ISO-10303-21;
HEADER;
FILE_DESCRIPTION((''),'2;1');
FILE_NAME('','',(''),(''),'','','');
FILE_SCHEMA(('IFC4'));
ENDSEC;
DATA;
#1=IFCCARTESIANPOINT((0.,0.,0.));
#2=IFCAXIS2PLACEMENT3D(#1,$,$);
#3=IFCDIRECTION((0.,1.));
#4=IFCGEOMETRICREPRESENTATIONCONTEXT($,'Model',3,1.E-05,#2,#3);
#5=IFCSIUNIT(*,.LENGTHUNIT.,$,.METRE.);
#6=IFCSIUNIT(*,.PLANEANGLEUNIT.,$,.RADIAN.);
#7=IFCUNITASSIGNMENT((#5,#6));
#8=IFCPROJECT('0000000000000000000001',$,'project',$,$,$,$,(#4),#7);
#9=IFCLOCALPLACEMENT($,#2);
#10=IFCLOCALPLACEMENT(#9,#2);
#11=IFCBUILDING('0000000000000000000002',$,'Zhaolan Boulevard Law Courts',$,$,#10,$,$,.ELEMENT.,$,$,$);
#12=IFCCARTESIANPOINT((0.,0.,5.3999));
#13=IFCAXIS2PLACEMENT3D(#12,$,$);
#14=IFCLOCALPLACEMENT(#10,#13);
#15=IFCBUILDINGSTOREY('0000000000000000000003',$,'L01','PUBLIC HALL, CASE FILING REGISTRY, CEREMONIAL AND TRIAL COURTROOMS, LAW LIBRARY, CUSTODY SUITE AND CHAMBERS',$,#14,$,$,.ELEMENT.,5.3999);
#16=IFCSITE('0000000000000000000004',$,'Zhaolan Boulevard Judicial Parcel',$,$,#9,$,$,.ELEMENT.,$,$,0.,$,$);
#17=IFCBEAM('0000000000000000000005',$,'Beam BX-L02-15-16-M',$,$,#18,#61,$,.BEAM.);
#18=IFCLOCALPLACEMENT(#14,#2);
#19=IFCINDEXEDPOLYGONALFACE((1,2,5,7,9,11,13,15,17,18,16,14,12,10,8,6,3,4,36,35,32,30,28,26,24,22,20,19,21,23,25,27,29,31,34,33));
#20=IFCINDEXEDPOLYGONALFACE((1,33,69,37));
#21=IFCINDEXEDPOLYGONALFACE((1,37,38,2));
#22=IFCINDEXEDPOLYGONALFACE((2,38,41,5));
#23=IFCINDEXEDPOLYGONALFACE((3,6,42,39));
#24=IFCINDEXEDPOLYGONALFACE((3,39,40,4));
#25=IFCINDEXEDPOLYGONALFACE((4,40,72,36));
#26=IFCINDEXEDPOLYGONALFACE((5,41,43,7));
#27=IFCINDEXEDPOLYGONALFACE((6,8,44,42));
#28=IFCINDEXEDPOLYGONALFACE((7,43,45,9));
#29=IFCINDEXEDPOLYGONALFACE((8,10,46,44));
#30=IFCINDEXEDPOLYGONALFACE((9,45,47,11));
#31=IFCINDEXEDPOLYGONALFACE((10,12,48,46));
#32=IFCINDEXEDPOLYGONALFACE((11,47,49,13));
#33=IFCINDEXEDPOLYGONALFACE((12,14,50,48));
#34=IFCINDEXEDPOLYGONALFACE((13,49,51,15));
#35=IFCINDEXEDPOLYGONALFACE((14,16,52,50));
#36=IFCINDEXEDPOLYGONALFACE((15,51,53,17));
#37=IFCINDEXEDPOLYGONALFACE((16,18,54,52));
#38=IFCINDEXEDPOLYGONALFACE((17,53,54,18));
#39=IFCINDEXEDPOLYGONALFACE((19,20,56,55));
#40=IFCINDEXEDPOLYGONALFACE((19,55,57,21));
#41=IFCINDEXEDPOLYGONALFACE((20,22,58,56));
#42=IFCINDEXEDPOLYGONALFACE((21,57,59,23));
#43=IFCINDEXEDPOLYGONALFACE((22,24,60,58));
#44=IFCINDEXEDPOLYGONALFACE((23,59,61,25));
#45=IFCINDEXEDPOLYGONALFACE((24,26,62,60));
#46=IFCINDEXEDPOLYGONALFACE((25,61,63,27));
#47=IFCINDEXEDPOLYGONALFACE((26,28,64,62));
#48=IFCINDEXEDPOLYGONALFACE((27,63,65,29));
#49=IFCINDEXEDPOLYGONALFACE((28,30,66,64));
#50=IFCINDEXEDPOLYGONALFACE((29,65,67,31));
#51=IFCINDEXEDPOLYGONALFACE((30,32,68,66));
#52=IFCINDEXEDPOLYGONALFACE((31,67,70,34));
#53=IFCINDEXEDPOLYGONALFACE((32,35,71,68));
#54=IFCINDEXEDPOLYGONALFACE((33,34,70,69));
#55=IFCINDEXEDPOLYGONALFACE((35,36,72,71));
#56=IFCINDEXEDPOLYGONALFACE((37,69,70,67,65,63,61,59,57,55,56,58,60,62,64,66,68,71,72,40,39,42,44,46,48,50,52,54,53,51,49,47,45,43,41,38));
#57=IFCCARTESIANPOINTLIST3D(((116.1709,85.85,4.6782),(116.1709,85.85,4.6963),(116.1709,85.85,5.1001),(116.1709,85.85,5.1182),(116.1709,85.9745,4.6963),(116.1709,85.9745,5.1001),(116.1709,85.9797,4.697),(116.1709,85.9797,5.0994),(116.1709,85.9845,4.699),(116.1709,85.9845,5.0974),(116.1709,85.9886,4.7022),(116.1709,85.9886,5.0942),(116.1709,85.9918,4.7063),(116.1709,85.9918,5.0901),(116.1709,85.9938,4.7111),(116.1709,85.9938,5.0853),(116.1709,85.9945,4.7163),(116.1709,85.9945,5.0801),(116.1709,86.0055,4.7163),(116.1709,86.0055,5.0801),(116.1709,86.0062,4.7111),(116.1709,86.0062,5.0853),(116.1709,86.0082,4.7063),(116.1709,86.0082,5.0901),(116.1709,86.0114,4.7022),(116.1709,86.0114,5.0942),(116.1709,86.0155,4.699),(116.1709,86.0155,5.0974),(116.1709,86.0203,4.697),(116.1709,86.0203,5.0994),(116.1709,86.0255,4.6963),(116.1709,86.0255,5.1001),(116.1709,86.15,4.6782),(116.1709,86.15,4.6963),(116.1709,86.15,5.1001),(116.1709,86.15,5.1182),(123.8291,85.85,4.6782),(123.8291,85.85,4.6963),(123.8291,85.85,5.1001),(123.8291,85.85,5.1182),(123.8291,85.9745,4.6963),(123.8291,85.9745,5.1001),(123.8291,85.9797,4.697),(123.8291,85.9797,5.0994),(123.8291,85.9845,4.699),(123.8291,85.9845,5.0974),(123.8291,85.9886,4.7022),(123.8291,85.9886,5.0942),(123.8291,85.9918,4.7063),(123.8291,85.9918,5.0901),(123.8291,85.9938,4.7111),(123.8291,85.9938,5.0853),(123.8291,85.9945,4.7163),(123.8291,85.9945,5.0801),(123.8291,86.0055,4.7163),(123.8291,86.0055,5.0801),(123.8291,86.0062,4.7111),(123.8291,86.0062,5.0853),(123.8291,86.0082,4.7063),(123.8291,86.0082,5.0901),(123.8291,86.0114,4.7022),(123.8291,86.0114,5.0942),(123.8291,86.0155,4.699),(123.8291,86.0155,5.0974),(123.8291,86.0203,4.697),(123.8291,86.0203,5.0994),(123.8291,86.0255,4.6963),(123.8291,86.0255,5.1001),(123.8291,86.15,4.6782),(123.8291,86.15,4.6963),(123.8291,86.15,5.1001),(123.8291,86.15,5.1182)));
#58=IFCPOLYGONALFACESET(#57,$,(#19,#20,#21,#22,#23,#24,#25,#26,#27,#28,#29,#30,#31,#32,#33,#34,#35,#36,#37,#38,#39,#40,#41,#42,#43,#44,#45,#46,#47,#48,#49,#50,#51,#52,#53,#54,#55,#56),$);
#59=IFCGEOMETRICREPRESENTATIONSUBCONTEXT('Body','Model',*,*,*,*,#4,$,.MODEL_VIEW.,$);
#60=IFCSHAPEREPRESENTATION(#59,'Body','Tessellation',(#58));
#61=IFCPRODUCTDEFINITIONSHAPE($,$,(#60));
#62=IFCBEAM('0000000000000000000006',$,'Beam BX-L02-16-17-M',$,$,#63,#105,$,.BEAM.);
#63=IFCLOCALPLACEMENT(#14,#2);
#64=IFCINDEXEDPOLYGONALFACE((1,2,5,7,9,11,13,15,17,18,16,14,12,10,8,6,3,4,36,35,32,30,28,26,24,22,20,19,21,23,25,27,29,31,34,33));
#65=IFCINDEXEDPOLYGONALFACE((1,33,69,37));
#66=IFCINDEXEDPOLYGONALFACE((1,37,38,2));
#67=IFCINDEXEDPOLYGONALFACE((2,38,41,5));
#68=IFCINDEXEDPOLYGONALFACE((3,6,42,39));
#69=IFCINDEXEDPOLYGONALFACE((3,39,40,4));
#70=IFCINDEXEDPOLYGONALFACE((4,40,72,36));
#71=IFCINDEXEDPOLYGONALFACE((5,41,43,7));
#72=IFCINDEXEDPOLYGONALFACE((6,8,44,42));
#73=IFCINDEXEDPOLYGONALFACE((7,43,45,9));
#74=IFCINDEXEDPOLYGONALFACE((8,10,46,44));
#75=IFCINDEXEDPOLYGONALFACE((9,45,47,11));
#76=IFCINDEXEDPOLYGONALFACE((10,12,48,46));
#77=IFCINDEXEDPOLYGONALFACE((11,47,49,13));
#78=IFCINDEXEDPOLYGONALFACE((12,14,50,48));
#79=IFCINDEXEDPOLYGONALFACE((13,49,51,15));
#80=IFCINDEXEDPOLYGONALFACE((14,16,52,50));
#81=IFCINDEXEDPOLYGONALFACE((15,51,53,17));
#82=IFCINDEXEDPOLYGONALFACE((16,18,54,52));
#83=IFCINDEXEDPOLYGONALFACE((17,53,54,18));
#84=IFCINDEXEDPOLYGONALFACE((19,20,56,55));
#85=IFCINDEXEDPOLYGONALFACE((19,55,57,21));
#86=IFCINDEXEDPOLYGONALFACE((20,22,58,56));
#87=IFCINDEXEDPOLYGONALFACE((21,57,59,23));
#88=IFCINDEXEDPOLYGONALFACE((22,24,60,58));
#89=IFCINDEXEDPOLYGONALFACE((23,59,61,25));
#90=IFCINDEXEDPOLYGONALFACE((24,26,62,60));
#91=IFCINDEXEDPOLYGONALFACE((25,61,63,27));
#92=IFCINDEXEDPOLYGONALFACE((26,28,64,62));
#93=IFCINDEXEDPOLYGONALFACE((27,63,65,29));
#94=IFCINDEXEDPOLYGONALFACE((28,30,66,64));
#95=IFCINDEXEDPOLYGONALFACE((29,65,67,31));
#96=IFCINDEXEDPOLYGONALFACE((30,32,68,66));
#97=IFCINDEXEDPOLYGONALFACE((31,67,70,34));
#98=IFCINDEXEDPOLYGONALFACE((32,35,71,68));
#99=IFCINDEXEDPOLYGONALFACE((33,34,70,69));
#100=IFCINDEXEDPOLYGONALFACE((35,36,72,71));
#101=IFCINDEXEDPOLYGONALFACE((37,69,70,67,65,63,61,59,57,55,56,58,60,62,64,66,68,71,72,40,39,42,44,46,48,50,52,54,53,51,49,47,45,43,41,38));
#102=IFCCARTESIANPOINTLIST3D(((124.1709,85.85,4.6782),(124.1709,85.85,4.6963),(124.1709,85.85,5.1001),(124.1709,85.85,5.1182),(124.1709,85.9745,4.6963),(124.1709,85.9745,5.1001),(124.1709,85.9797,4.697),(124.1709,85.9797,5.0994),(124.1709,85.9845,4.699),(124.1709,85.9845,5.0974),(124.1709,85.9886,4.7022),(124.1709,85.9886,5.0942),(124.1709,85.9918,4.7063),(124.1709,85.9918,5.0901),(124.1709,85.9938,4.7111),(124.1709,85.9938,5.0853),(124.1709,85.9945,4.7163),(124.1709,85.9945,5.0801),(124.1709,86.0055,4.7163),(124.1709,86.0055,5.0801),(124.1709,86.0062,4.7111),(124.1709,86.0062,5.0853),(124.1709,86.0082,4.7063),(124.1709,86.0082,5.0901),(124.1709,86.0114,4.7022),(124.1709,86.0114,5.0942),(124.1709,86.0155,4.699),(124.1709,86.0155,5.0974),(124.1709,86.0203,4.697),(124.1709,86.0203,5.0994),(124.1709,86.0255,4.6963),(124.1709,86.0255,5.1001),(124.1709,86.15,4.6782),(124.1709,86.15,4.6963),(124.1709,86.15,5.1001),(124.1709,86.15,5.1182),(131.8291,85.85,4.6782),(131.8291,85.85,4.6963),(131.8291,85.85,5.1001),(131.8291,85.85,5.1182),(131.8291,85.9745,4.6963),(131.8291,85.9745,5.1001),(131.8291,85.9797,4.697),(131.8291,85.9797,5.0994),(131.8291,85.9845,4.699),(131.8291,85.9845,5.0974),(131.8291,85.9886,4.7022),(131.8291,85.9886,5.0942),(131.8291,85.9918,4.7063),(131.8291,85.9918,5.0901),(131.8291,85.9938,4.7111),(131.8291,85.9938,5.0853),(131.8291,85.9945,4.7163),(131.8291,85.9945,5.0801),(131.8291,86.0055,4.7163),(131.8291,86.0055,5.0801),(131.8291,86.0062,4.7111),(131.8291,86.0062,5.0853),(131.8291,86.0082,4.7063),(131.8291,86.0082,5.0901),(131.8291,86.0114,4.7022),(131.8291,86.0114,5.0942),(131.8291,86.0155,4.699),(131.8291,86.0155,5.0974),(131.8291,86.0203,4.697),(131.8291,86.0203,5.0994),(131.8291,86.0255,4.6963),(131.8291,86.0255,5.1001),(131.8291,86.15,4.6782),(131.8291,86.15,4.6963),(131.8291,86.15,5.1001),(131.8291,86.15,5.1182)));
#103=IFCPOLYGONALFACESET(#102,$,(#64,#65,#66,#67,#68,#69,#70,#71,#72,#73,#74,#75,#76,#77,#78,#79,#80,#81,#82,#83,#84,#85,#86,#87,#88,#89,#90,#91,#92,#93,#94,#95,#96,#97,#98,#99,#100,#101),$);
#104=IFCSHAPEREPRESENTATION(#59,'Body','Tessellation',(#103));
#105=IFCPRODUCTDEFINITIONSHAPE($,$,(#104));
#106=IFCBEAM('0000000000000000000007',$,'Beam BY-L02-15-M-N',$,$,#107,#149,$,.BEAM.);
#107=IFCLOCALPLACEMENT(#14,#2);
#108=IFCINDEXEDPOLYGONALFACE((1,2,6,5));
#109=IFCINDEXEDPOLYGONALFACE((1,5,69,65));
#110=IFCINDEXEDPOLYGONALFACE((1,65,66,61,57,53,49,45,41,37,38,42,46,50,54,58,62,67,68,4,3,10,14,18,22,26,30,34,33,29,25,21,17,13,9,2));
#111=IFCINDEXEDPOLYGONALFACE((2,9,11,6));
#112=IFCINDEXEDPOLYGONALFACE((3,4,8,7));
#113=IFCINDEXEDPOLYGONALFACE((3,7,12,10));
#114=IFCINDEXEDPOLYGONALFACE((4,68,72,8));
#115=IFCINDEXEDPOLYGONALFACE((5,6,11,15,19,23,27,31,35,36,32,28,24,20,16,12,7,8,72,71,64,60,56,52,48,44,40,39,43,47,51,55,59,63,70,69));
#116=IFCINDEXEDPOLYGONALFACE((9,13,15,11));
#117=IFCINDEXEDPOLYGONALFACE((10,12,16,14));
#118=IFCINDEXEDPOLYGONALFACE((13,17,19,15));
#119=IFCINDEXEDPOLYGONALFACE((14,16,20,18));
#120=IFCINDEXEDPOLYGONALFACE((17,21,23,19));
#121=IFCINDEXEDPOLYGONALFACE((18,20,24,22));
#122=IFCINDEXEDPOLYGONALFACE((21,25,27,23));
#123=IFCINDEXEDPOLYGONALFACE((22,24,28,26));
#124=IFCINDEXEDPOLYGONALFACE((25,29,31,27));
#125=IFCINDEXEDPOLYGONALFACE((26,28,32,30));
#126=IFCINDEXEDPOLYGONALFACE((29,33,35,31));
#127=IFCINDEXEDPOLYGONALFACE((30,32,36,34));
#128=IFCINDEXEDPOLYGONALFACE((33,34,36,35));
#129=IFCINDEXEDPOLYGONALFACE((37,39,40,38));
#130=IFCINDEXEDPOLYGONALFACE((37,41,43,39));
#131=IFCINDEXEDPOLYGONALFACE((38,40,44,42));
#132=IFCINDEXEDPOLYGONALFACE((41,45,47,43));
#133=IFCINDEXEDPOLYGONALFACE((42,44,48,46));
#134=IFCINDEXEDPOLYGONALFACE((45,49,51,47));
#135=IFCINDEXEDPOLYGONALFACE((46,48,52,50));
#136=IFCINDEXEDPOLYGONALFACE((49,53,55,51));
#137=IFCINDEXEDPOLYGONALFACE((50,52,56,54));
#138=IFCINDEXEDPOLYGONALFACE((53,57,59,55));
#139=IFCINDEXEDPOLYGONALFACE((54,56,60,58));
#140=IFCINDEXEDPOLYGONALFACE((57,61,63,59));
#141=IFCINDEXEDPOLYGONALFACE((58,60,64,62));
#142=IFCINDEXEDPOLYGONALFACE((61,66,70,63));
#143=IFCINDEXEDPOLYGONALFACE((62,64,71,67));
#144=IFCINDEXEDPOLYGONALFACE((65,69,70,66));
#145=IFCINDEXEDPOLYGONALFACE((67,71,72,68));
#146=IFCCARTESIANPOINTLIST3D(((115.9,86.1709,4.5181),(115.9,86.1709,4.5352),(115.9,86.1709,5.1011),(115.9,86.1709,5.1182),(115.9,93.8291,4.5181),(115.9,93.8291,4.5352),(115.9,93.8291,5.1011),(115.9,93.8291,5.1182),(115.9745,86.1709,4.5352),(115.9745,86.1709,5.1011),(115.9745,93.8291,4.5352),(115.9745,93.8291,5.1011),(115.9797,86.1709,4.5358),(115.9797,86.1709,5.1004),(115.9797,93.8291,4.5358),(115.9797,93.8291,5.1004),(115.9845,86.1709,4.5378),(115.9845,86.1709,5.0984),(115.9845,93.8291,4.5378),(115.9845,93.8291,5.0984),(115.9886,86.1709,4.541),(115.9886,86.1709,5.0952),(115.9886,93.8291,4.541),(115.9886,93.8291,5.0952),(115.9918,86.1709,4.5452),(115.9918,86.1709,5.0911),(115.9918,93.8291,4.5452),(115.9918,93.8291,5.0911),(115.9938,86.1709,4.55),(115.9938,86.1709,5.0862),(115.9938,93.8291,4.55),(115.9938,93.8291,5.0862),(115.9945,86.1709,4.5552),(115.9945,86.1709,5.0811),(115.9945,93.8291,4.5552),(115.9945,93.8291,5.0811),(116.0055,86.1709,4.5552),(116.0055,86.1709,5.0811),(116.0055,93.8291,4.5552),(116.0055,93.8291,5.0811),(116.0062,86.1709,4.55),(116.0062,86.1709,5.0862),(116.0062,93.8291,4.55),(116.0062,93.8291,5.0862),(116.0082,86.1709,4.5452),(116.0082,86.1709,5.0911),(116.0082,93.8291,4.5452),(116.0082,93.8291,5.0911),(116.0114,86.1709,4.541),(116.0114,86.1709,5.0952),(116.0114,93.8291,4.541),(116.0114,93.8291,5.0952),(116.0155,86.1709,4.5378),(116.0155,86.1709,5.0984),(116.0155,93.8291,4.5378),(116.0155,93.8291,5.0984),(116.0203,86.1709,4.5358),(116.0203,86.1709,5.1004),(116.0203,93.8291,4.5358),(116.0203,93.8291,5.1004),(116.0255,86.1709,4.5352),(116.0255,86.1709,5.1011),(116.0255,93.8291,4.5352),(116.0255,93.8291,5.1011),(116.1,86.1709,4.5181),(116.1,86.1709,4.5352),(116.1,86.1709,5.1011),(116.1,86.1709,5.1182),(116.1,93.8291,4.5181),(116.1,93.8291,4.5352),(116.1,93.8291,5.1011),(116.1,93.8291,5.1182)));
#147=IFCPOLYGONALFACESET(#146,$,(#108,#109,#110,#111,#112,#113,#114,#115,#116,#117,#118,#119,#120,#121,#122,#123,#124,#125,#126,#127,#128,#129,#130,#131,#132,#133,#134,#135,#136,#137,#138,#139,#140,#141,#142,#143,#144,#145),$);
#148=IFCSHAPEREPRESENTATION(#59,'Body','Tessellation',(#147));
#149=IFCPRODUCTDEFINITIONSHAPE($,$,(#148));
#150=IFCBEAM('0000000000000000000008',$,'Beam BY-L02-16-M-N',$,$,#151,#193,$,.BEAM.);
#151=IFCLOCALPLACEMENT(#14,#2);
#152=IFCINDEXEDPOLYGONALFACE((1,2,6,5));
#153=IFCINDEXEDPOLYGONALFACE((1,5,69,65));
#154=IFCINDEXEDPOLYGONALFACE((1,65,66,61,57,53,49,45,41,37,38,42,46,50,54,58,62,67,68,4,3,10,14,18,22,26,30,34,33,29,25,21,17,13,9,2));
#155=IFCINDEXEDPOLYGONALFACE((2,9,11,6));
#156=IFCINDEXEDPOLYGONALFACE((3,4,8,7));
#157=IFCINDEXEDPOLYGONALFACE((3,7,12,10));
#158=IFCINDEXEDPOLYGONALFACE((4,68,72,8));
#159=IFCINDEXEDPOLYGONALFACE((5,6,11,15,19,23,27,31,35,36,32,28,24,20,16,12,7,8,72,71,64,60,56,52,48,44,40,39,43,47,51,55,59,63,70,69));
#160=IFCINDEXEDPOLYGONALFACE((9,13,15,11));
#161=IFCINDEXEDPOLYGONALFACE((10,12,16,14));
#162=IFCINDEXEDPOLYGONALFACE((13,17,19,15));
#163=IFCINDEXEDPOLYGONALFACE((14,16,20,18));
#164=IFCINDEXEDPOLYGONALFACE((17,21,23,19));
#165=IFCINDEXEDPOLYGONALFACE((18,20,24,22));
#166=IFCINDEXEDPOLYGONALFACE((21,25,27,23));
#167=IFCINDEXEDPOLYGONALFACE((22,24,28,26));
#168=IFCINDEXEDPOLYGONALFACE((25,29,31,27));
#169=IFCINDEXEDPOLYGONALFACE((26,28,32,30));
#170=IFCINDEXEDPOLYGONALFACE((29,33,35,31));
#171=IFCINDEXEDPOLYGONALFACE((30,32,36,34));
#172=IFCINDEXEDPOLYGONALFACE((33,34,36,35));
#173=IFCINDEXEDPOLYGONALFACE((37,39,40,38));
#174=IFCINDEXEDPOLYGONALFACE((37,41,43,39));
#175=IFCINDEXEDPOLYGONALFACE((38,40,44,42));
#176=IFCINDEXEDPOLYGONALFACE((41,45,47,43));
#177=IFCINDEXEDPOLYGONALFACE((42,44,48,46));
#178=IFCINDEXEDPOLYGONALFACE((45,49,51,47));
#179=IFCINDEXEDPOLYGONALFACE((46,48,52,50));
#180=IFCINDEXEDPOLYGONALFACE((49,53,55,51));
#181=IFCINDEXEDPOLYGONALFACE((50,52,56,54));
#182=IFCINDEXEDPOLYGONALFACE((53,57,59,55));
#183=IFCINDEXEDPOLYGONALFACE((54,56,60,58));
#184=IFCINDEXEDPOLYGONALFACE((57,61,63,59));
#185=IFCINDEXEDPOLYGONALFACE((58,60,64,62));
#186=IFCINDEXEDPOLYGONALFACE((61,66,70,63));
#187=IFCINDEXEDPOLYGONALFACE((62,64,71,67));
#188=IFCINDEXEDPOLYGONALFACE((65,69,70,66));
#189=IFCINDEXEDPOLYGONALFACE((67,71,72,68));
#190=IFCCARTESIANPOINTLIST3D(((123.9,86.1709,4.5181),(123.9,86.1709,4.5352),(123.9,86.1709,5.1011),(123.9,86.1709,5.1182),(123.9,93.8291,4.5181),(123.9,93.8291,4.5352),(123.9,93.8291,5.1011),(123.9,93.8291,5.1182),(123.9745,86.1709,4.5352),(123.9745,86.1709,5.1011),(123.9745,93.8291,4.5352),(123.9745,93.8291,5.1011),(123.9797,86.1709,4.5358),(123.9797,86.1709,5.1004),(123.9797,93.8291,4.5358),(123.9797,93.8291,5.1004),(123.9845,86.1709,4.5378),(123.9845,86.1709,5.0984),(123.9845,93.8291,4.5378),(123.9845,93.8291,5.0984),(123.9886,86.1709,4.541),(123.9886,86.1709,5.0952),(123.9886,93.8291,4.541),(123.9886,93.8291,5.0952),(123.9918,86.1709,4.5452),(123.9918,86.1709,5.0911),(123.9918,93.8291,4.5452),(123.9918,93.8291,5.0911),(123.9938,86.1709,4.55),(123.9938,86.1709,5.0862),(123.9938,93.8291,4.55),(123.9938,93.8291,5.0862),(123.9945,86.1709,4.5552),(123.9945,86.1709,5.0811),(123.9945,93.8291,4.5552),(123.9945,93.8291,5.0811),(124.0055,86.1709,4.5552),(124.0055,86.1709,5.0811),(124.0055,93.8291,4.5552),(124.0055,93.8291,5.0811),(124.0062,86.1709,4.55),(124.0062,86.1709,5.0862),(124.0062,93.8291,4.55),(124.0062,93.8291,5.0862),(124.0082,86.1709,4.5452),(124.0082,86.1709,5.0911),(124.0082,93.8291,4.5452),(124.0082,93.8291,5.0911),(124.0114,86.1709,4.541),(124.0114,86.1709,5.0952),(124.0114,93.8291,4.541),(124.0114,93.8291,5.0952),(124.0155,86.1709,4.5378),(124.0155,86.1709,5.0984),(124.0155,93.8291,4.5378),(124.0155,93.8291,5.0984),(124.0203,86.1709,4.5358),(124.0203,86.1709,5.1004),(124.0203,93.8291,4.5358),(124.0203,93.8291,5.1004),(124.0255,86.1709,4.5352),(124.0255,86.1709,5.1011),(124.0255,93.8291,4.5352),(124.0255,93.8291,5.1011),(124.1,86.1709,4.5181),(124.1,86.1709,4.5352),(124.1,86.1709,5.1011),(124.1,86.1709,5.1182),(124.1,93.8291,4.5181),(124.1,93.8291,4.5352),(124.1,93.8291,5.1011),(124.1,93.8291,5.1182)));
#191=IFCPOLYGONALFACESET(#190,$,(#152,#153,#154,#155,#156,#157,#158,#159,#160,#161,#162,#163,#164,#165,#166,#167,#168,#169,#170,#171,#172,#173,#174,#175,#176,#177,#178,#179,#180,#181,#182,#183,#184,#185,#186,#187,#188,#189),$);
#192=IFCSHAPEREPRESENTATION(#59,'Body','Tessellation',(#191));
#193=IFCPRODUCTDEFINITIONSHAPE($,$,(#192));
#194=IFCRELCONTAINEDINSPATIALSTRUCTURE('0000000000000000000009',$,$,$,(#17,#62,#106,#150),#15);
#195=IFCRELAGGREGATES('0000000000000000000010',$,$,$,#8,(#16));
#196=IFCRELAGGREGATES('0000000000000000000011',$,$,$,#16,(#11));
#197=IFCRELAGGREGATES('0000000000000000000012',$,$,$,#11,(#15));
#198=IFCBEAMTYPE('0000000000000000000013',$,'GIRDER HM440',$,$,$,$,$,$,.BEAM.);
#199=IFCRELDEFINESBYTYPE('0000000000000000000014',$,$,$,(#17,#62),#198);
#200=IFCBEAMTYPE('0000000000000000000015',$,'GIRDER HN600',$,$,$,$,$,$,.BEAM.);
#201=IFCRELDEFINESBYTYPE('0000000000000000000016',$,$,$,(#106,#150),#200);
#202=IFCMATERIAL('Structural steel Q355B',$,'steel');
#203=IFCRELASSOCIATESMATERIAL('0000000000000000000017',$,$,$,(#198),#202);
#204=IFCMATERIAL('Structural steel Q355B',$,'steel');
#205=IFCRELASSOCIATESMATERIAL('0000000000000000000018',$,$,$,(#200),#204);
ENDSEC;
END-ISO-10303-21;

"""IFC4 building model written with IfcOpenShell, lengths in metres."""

from ifc_helpers import new_model, si_unit, direction, frame, origin, origin_2d, place, context, subcontext, project, spatial, i_section, extrude, material, material_profile, profile_set, type_object, element, save


model = new_model("IFC4")

# Units and contexts
model_context = context("Model", 3, precision=1e-05, world=origin(), true_north=direction((0.0, 1.0)))
body_context = subcontext(model_context, "Body", "Model", "MODEL_VIEW")
ifc_project = project(units=[si_unit("LENGTHUNIT", "METRE"), si_unit("PLANEANGLEUNIT", "RADIAN")], contexts=[model_context])

# Site, building, storey
site_placement = place(None, origin())
site = spatial("IfcSite", under=ifc_project, at=site_placement, Name="Zhaolan Boulevard Judicial Parcel", CompositionType="ELEMENT", RefElevation=0.0)
building_placement = place(site_placement, origin())
building = spatial("IfcBuilding", under=site, at=building_placement, Name="Zhaolan Boulevard Law Courts", CompositionType="ELEMENT")
storey_placement = place(building_placement, frame((0.0, 0.0, 5.3999)))
storey = spatial("IfcBuildingStorey", under=building, at=storey_placement, Name="L01", Description="PUBLIC HALL, CASE FILING REGISTRY, CEREMONIAL AND TRIAL COURTROOMS, LAW LIBRARY, CUSTODY SUITE AND CHAMBERS", CompositionType="ELEMENT", Elevation=5.3999)

# Beams
ifc_material_1 = material(Name="Structural steel Q355B", Category="steel")
ifc_material_profile_1 = material_profile(ifc_material_1, i_section(OverallWidth=0.3, OverallDepth=0.4399, WebThickness=0.011, FlangeThickness=0.0181, FilletRadius=0.02, at=origin_2d()), Name="HM440x300")
ifc_profile_set_1 = profile_set([ifc_material_profile_1], Name="Structural steel Q355B")
beam_type_1 = type_object("IfcBeamType", Name="GIRDER HM440", PredefinedType="BEAM", material=ifc_profile_set_1)
for number, where, z_axis, x_axis, name in (
    (1, (116.1709, 86.0, 4.8982), (1.0, 0.0, 0.0), (0.0, 1.0, 0.0), "Beam BX-L02-15-16-M"),
    (2, (124.1709, 86.0, 4.8982), (1.0, 0.0, 0.0), (0.0, 1.0, 0.0), "Beam BX-L02-16-17-M"),
):
    element("IfcBeam", number, at=place(storey_placement, frame(where, z_axis=z_axis, x_axis=x_axis)), inside=storey, type_object=beam_type_1, Name=name, PredefinedType="BEAM", context=body_context, shape_type="SweptSolid", body=[
        extrude(i_section(OverallWidth=0.3, OverallDepth=0.4399, WebThickness=0.011, FlangeThickness=0.0181, FilletRadius=0.02, at=origin_2d()), origin(), (0.0, 0.0, 1.0), 7.6582),
    ])
ifc_material_2 = material(Name="Structural steel Q355B", Category="steel")
ifc_material_profile_2 = material_profile(ifc_material_2, i_section(OverallWidth=0.2, OverallDepth=0.6001, WebThickness=0.011, FlangeThickness=0.0171, FilletRadius=0.02, at=origin_2d()), Name="HN600x200")
ifc_profile_set_2 = profile_set([ifc_material_profile_2], Name="Structural steel Q355B")
beam_type_2 = type_object("IfcBeamType", Name="GIRDER HN600", PredefinedType="BEAM", material=ifc_profile_set_2)
for number, where, z_axis, x_axis, name in (
    (3, (116.0, 86.1709, 4.8181), (0.0, 1.0, 0.0), (-1.0, 0.0, 0.0), "Beam BY-L02-15-M-N"),
    (4, (124.0, 86.1709, 4.8181), (0.0, 1.0, 0.0), (-1.0, 0.0, 0.0), "Beam BY-L02-16-M-N"),
):
    element("IfcBeam", number, at=place(storey_placement, frame(where, z_axis=z_axis, x_axis=x_axis)), inside=storey, type_object=beam_type_2, Name=name, PredefinedType="BEAM", context=body_context, shape_type="SweptSolid", body=[
        extrude(i_section(OverallWidth=0.2, OverallDepth=0.6001, WebThickness=0.011, FlangeThickness=0.0171, FilletRadius=0.02, at=origin_2d()), origin(), (0.0, 0.0, 1.0), 7.6582),
    ])

save(model, "model.ifc")
